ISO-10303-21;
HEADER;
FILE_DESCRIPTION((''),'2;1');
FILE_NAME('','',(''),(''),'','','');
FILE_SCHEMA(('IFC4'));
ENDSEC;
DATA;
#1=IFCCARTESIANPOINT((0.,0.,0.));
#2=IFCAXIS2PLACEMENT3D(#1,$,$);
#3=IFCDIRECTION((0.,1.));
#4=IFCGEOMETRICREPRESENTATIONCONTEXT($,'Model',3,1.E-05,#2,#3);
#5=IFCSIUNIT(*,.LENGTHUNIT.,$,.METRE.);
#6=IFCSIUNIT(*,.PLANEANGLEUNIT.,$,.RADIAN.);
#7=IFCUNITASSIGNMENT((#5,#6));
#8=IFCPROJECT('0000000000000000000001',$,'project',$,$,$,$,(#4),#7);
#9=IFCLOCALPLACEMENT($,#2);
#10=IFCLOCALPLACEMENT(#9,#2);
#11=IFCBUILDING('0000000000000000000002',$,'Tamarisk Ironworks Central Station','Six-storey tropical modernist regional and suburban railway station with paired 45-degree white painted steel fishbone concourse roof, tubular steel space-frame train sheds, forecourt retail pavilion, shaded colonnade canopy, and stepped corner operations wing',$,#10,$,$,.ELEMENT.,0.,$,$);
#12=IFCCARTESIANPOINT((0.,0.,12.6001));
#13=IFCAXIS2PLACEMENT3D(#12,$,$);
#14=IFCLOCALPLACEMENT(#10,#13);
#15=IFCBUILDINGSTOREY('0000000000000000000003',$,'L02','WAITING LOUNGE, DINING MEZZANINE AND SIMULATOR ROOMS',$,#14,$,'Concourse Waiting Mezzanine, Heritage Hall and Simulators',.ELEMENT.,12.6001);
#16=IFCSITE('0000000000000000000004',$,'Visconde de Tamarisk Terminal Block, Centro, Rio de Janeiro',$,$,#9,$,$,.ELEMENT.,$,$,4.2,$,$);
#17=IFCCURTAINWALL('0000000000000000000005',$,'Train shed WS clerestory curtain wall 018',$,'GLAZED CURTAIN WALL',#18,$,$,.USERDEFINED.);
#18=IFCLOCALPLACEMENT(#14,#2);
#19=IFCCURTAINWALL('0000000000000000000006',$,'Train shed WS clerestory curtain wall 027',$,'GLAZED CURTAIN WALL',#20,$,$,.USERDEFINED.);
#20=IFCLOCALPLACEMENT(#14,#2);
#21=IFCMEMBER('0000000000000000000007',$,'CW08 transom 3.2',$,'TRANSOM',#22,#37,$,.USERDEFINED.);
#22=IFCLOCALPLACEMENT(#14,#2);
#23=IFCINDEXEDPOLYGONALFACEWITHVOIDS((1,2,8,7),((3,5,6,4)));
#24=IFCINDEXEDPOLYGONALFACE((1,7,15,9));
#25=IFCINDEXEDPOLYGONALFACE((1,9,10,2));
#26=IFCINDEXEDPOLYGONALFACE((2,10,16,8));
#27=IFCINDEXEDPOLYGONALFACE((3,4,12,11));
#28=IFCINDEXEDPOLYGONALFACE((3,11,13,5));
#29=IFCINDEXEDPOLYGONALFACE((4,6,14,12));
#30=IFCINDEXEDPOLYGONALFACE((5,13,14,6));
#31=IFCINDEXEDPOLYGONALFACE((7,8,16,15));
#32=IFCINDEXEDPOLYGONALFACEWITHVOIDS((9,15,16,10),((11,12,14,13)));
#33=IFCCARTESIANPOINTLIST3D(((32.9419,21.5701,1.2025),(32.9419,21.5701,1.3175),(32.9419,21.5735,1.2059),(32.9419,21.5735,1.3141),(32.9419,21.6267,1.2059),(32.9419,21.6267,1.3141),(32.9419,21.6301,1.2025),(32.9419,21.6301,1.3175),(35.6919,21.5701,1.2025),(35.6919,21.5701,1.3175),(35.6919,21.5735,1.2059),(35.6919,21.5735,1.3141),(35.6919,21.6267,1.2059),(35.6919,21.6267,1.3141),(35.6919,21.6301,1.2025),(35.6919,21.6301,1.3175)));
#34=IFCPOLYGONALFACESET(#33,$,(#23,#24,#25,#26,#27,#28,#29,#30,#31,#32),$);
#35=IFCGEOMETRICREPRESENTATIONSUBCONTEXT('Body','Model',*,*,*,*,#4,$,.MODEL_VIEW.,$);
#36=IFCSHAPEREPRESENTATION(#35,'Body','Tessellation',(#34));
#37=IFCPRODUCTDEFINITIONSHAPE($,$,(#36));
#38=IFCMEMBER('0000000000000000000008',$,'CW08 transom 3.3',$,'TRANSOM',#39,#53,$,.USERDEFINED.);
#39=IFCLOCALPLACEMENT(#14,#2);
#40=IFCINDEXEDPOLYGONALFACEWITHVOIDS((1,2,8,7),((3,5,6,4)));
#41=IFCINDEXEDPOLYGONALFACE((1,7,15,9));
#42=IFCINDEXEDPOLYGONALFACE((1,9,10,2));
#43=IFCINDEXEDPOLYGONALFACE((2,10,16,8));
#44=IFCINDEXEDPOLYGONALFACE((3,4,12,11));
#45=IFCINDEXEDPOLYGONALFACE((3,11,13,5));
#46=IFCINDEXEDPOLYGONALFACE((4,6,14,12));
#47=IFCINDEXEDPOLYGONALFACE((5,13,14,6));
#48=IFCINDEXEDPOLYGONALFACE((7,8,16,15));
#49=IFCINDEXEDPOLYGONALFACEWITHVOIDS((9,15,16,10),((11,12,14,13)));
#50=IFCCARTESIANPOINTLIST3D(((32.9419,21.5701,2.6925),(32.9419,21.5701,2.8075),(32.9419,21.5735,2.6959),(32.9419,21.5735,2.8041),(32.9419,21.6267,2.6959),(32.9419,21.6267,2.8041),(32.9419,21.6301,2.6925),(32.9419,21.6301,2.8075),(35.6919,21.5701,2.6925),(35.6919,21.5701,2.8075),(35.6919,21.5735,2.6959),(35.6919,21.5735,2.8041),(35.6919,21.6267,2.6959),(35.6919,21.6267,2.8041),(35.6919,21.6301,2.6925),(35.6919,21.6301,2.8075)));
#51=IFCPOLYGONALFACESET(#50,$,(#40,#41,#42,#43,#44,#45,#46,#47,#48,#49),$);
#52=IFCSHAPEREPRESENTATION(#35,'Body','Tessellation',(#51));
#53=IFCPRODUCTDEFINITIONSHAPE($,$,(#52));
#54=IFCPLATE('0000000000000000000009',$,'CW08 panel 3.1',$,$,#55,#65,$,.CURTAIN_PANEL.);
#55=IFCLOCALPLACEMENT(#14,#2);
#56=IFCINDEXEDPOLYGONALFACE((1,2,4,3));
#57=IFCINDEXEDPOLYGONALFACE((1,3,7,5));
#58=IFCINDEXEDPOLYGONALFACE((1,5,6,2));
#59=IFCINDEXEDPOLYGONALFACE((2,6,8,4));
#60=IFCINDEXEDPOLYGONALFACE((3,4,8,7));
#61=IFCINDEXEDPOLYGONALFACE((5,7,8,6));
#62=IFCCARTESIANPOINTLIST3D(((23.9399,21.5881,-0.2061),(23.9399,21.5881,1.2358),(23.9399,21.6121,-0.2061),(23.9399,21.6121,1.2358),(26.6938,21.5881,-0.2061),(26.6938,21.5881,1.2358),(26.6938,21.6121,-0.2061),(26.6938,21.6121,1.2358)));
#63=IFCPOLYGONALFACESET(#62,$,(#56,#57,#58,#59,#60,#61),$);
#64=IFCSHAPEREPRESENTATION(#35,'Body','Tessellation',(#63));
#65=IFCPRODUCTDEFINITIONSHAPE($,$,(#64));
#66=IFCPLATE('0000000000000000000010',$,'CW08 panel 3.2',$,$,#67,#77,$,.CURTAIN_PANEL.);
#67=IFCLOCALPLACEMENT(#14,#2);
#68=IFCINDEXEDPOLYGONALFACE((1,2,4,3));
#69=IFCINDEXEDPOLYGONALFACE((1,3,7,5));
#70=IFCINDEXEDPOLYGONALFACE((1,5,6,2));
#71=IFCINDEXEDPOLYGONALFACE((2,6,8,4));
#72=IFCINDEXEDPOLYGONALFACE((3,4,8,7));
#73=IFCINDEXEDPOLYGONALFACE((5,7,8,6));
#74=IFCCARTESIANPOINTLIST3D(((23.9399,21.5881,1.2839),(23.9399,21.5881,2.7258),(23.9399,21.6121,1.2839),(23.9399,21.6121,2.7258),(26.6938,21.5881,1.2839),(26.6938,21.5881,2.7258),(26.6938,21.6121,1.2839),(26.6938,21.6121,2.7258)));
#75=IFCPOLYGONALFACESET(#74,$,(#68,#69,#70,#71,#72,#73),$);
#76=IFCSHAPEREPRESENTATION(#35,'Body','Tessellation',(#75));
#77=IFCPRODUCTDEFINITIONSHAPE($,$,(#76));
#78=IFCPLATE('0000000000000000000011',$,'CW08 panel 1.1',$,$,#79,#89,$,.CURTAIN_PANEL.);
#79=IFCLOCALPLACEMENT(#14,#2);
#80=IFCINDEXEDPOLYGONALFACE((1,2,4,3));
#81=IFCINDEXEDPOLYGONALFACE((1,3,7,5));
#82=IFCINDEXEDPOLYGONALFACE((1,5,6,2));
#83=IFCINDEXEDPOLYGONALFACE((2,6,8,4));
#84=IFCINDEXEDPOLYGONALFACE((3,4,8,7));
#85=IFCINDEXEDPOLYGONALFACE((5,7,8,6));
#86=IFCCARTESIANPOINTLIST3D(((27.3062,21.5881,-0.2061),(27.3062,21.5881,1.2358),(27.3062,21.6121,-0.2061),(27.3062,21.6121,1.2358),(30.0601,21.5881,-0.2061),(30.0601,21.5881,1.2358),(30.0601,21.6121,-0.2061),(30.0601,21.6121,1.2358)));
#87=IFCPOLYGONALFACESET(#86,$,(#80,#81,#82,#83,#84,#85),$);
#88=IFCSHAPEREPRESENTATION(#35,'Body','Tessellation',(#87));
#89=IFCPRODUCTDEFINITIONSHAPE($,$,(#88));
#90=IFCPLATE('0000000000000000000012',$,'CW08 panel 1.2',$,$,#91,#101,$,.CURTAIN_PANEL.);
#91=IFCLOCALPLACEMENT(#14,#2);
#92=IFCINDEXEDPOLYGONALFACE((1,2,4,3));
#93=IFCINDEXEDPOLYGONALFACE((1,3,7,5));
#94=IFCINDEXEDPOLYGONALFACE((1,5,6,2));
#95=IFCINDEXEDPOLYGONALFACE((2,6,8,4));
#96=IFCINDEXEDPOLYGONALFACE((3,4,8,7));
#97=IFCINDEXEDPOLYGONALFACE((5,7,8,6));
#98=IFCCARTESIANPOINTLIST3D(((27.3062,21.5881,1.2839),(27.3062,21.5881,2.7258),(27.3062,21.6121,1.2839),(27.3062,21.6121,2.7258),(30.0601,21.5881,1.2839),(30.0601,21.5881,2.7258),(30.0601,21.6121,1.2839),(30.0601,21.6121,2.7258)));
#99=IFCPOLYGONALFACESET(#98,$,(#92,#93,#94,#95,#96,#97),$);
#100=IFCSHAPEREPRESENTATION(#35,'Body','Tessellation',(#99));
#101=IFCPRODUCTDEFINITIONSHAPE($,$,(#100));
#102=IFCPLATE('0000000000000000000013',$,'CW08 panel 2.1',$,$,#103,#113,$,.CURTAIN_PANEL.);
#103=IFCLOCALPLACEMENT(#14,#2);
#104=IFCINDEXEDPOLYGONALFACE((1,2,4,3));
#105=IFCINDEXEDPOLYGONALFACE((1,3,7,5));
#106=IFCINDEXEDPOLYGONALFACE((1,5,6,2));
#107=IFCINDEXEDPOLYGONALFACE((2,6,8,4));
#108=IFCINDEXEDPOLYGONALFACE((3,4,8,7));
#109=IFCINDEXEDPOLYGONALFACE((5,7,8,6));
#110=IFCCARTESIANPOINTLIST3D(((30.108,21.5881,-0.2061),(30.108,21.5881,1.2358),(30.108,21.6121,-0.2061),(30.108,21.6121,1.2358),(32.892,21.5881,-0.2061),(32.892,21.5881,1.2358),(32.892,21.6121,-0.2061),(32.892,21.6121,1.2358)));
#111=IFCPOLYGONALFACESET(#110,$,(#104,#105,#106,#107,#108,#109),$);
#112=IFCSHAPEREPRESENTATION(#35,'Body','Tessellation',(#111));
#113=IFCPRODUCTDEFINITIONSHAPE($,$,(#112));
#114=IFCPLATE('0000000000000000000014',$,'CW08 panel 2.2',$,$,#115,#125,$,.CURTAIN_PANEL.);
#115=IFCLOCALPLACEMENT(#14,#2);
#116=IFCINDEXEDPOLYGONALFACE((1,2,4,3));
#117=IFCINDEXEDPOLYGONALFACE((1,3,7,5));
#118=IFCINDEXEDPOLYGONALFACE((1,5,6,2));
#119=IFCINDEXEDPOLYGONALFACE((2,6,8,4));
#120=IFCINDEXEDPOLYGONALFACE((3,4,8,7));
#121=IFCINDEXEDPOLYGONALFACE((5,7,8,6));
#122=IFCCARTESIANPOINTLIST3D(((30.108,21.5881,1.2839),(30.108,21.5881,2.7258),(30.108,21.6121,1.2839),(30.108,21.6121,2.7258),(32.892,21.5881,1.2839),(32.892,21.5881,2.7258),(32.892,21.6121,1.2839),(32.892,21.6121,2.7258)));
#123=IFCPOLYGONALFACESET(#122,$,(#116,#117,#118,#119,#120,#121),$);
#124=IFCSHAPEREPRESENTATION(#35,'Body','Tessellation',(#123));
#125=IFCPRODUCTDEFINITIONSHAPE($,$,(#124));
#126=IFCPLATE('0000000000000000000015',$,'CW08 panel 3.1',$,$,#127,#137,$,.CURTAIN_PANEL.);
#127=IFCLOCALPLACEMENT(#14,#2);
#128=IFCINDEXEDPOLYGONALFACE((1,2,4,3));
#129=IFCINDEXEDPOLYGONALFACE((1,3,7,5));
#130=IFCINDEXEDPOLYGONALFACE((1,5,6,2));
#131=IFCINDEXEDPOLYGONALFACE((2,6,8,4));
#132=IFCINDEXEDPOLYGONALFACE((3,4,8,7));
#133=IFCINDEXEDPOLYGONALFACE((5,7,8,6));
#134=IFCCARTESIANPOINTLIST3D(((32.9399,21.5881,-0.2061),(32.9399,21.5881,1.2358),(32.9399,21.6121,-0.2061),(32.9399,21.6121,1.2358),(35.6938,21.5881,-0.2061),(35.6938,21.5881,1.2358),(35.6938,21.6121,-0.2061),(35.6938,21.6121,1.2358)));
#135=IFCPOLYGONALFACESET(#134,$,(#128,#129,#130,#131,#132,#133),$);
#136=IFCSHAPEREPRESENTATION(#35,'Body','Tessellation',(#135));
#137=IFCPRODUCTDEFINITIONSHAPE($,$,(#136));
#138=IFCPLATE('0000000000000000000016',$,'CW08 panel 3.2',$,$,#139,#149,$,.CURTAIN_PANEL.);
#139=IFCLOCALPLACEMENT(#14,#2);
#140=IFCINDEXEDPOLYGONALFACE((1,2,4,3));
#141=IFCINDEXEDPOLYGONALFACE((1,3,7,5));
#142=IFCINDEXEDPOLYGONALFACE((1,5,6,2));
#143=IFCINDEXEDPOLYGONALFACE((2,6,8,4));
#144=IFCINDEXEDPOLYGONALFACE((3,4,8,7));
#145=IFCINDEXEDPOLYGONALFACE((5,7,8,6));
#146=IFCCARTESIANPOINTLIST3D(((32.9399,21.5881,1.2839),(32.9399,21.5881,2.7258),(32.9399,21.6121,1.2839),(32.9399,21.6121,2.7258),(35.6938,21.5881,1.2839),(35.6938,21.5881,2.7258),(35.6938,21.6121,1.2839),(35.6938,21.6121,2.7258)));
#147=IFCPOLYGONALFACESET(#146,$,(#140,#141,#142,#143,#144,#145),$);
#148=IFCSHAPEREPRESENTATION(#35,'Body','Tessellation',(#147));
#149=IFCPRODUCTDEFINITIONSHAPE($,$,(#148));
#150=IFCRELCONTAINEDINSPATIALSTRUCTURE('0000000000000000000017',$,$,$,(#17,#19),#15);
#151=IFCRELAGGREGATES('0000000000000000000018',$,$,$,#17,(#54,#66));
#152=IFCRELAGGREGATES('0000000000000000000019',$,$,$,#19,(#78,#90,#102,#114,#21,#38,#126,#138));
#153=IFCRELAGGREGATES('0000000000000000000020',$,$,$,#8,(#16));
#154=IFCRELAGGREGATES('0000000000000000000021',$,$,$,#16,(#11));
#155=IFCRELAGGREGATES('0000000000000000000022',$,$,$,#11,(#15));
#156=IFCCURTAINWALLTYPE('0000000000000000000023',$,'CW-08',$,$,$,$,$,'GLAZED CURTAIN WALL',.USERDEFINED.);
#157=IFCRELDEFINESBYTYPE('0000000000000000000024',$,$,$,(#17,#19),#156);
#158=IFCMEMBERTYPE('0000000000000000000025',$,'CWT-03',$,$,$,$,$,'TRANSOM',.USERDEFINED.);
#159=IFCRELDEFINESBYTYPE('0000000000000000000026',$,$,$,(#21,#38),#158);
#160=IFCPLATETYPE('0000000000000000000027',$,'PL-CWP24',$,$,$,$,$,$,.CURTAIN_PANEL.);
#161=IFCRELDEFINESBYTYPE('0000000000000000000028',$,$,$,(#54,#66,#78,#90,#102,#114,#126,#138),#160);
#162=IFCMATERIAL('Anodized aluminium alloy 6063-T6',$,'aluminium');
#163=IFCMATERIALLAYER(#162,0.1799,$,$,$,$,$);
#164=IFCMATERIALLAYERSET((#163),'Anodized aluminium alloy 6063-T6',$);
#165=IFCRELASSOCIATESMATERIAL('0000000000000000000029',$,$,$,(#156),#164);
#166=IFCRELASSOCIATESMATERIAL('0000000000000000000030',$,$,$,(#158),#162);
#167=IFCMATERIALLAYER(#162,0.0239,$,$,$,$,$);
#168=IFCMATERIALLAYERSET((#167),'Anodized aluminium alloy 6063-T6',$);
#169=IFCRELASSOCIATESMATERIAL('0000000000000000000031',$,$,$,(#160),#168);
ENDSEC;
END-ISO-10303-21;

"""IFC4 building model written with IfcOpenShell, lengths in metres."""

from ifc_helpers import new_model, si_unit, direction, frame, origin, origin_2d, place, context, subcontext, project, spatial, rectangle, hollow_rectangle, extrude, material, layer, layer_set, material_profile, profile_set, type_object, element, aggregate, save


model = new_model("IFC4")

# Units and contexts
model_context = context("Model", 3, precision=1e-05, world=origin(), true_north=direction((0.0, 1.0)))
body_context = subcontext(model_context, "Body", "Model", "MODEL_VIEW")
ifc_project = project(units=[si_unit("LENGTHUNIT", "METRE"), si_unit("PLANEANGLEUNIT", "RADIAN")], contexts=[model_context])

# Site, building, storey
site_placement = place(None, origin())
site = spatial("IfcSite", under=ifc_project, at=site_placement, Name="Visconde de Tamarisk Terminal Block, Centro, Rio de Janeiro", CompositionType="ELEMENT", RefElevation=4.2)
building_placement = place(site_placement, origin())
building = spatial("IfcBuilding", under=site, at=building_placement, Name="Tamarisk Ironworks Central Station", Description="Six-storey tropical modernist regional and suburban railway station with paired 45-degree white painted steel fishbone concourse roof, tubular steel space-frame train sheds, forecourt retail pavilion, shaded colonnade canopy, and stepped corner operations wing", CompositionType="ELEMENT", ElevationOfRefHeight=0.0)
storey_placement = place(building_placement, frame((0.0, 0.0, 12.6001)))
storey = spatial("IfcBuildingStorey", under=building, at=storey_placement, Name="L02", Description="WAITING LOUNGE, DINING MEZZANINE AND SIMULATOR ROOMS", LongName="Concourse Waiting Mezzanine, Heritage Hall and Simulators", CompositionType="ELEMENT", Elevation=12.6001)

# Curtain wall
ifc_material_1 = material(Name="Anodized aluminium alloy 6063-T6", Category="aluminium")
ifc_layer_1 = layer(ifc_material_1, 0.1799)
ifc_layer_set_1 = layer_set([ifc_layer_1], Name="Anodized aluminium alloy 6063-T6")
curtain_wall_type = type_object("IfcCurtainWallType", Name="CW-08", ElementType="GLAZED CURTAIN WALL", PredefinedType="USERDEFINED", material=ifc_layer_set_1)
curtain_wall_1_placement = place(storey_placement, origin())
curtain_wall_1 = element("IfcCurtainWall", 1, at=curtain_wall_1_placement, inside=storey, type_object=curtain_wall_type, Name="Train shed WS clerestory curtain wall 018", ObjectType="GLAZED CURTAIN WALL", PredefinedType="USERDEFINED")

# Curtain wall, members
curtain_wall_2_placement = place(storey_placement, origin())
curtain_wall_2 = element("IfcCurtainWall", 2, at=curtain_wall_2_placement, inside=storey, type_object=curtain_wall_type, Name="Train shed WS clerestory curtain wall 027", ObjectType="GLAZED CURTAIN WALL", PredefinedType="USERDEFINED")
ifc_material_profile_1 = material_profile(ifc_material_1, hollow_rectangle(XDim=0.0601, YDim=0.115, WallThickness=0.0034, at=origin_2d()), Name="ALUM 115x60")
ifc_profile_set_1 = profile_set([ifc_material_profile_1], Name="Anodized aluminium alloy 6063-T6")
member_type_1 = type_object("IfcMemberType", Name="CWT-03", ElementType="TRANSOM", PredefinedType="USERDEFINED", material=ifc_profile_set_1)
member_1_placement = place(storey_placement, frame((32.9419, 21.6001, 1.26), z_axis=(1.0, 0.0, 0.0), x_axis=(0.0, 1.0, 0.0)))
member_1 = element("IfcMember", 3, at=member_1_placement, type_object=member_type_1, Name="CW08 transom 3.2", ObjectType="TRANSOM", PredefinedType="USERDEFINED", context=body_context, shape_type="SweptSolid", body=[
    extrude(hollow_rectangle(XDim=0.0601, YDim=0.115, WallThickness=0.0034, at=origin_2d()), origin(), (0.0, 0.0, 1.0), 2.75),
])
member_2_placement = place(storey_placement, frame((32.9419, 21.6001, 2.75), z_axis=(1.0, 0.0, 0.0), x_axis=(0.0, 1.0, 0.0)))
member_2 = element("IfcMember", 4, at=member_2_placement, type_object=member_type_1, Name="CW08 transom 3.3", ObjectType="TRANSOM", PredefinedType="USERDEFINED", context=body_context, shape_type="SweptSolid", body=[
    extrude(hollow_rectangle(XDim=0.0601, YDim=0.115, WallThickness=0.0034, at=origin_2d()), origin(), (0.0, 0.0, 1.0), 2.75),
])

# Plates
ifc_layer_2 = layer(ifc_material_1, 0.0239)
ifc_layer_set_2 = layer_set([ifc_layer_2], Name="Anodized aluminium alloy 6063-T6")
plate_type = type_object("IfcPlateType", Name="PL-CWP24", PredefinedType="CURTAIN_PANEL", material=ifc_layer_set_2)
plate_1_placement = place(storey_placement, frame((25.3169, 21.6001, -0.2061), z_axis=(0.0, 0.0, 1.0), x_axis=(1.0, 0.0, 0.0)))
plate_1 = element("IfcPlate", 5, at=plate_1_placement, type_object=plate_type, Name="CW08 panel 3.1", PredefinedType="CURTAIN_PANEL", context=body_context, shape_type="SweptSolid", body=[
    extrude(rectangle(XDim=2.7539, YDim=0.0239, at=origin_2d()), origin(), (0.0, 0.0, 1.0), 1.4419),
])
plate_2_placement = place(storey_placement, frame((25.3169, 21.6001, 1.2839), z_axis=(0.0, 0.0, 1.0), x_axis=(1.0, 0.0, 0.0)))
plate_2 = element("IfcPlate", 6, at=plate_2_placement, type_object=plate_type, Name="CW08 panel 3.2", PredefinedType="CURTAIN_PANEL", context=body_context, shape_type="SweptSolid", body=[
    extrude(rectangle(XDim=2.7539, YDim=0.0239, at=origin_2d()), origin(), (0.0, 0.0, 1.0), 1.4419),
])
aggregate(curtain_wall_1, [plate_1, plate_2])
plate_3_placement = place(storey_placement, frame((28.6831, 21.6001, -0.2061), z_axis=(0.0, 0.0, 1.0), x_axis=(1.0, 0.0, 0.0)))
plate_3 = element("IfcPlate", 7, at=plate_3_placement, type_object=plate_type, Name="CW08 panel 1.1", PredefinedType="CURTAIN_PANEL", context=body_context, shape_type="SweptSolid", body=[
    extrude(rectangle(XDim=2.7539, YDim=0.0239, at=origin_2d()), origin(), (0.0, 0.0, 1.0), 1.4419),
])
plate_4_placement = place(storey_placement, frame((28.6831, 21.6001, 1.2839), z_axis=(0.0, 0.0, 1.0), x_axis=(1.0, 0.0, 0.0)))
plate_4 = element("IfcPlate", 8, at=plate_4_placement, type_object=plate_type, Name="CW08 panel 1.2", PredefinedType="CURTAIN_PANEL", context=body_context, shape_type="SweptSolid", body=[
    extrude(rectangle(XDim=2.7539, YDim=0.0239, at=origin_2d()), origin(), (0.0, 0.0, 1.0), 1.4419),
])
plate_5_placement = place(storey_placement, frame((31.5, 21.6001, -0.2061), z_axis=(0.0, 0.0, 1.0), x_axis=(1.0, 0.0, 0.0)))
plate_5 = element("IfcPlate", 9, at=plate_5_placement, type_object=plate_type, Name="CW08 panel 2.1", PredefinedType="CURTAIN_PANEL", context=body_context, shape_type="SweptSolid", body=[
    extrude(rectangle(XDim=2.7839, YDim=0.0239, at=origin_2d()), origin(), (0.0, 0.0, 1.0), 1.4419),
])
plate_6_placement = place(storey_placement, frame((31.5, 21.6001, 1.2839), z_axis=(0.0, 0.0, 1.0), x_axis=(1.0, 0.0, 0.0)))
plate_6 = element("IfcPlate", 10, at=plate_6_placement, type_object=plate_type, Name="CW08 panel 2.2", PredefinedType="CURTAIN_PANEL", context=body_context, shape_type="SweptSolid", body=[
    extrude(rectangle(XDim=2.7839, YDim=0.0239, at=origin_2d()), origin(), (0.0, 0.0, 1.0), 1.4419),
])
plate_7_placement = place(storey_placement, frame((34.3169, 21.6001, -0.2061), z_axis=(0.0, 0.0, 1.0), x_axis=(1.0, 0.0, 0.0)))
plate_7 = element("IfcPlate", 11, at=plate_7_placement, type_object=plate_type, Name="CW08 panel 3.1", PredefinedType="CURTAIN_PANEL", context=body_context, shape_type="SweptSolid", body=[
    extrude(rectangle(XDim=2.7539, YDim=0.0239, at=origin_2d()), origin(), (0.0, 0.0, 1.0), 1.4419),
])
plate_8_placement = place(storey_placement, frame((34.3169, 21.6001, 1.2839), z_axis=(0.0, 0.0, 1.0), x_axis=(1.0, 0.0, 0.0)))
plate_8 = element("IfcPlate", 12, at=plate_8_placement, type_object=plate_type, Name="CW08 panel 3.2", PredefinedType="CURTAIN_PANEL", context=body_context, shape_type="SweptSolid", body=[
    extrude(rectangle(XDim=2.7539, YDim=0.0239, at=origin_2d()), origin(), (0.0, 0.0, 1.0), 1.4419),
])
aggregate(curtain_wall_2, [plate_3, plate_4, plate_5, plate_6, member_1, member_2, plate_7, plate_8])

save(model, "model.ifc")
